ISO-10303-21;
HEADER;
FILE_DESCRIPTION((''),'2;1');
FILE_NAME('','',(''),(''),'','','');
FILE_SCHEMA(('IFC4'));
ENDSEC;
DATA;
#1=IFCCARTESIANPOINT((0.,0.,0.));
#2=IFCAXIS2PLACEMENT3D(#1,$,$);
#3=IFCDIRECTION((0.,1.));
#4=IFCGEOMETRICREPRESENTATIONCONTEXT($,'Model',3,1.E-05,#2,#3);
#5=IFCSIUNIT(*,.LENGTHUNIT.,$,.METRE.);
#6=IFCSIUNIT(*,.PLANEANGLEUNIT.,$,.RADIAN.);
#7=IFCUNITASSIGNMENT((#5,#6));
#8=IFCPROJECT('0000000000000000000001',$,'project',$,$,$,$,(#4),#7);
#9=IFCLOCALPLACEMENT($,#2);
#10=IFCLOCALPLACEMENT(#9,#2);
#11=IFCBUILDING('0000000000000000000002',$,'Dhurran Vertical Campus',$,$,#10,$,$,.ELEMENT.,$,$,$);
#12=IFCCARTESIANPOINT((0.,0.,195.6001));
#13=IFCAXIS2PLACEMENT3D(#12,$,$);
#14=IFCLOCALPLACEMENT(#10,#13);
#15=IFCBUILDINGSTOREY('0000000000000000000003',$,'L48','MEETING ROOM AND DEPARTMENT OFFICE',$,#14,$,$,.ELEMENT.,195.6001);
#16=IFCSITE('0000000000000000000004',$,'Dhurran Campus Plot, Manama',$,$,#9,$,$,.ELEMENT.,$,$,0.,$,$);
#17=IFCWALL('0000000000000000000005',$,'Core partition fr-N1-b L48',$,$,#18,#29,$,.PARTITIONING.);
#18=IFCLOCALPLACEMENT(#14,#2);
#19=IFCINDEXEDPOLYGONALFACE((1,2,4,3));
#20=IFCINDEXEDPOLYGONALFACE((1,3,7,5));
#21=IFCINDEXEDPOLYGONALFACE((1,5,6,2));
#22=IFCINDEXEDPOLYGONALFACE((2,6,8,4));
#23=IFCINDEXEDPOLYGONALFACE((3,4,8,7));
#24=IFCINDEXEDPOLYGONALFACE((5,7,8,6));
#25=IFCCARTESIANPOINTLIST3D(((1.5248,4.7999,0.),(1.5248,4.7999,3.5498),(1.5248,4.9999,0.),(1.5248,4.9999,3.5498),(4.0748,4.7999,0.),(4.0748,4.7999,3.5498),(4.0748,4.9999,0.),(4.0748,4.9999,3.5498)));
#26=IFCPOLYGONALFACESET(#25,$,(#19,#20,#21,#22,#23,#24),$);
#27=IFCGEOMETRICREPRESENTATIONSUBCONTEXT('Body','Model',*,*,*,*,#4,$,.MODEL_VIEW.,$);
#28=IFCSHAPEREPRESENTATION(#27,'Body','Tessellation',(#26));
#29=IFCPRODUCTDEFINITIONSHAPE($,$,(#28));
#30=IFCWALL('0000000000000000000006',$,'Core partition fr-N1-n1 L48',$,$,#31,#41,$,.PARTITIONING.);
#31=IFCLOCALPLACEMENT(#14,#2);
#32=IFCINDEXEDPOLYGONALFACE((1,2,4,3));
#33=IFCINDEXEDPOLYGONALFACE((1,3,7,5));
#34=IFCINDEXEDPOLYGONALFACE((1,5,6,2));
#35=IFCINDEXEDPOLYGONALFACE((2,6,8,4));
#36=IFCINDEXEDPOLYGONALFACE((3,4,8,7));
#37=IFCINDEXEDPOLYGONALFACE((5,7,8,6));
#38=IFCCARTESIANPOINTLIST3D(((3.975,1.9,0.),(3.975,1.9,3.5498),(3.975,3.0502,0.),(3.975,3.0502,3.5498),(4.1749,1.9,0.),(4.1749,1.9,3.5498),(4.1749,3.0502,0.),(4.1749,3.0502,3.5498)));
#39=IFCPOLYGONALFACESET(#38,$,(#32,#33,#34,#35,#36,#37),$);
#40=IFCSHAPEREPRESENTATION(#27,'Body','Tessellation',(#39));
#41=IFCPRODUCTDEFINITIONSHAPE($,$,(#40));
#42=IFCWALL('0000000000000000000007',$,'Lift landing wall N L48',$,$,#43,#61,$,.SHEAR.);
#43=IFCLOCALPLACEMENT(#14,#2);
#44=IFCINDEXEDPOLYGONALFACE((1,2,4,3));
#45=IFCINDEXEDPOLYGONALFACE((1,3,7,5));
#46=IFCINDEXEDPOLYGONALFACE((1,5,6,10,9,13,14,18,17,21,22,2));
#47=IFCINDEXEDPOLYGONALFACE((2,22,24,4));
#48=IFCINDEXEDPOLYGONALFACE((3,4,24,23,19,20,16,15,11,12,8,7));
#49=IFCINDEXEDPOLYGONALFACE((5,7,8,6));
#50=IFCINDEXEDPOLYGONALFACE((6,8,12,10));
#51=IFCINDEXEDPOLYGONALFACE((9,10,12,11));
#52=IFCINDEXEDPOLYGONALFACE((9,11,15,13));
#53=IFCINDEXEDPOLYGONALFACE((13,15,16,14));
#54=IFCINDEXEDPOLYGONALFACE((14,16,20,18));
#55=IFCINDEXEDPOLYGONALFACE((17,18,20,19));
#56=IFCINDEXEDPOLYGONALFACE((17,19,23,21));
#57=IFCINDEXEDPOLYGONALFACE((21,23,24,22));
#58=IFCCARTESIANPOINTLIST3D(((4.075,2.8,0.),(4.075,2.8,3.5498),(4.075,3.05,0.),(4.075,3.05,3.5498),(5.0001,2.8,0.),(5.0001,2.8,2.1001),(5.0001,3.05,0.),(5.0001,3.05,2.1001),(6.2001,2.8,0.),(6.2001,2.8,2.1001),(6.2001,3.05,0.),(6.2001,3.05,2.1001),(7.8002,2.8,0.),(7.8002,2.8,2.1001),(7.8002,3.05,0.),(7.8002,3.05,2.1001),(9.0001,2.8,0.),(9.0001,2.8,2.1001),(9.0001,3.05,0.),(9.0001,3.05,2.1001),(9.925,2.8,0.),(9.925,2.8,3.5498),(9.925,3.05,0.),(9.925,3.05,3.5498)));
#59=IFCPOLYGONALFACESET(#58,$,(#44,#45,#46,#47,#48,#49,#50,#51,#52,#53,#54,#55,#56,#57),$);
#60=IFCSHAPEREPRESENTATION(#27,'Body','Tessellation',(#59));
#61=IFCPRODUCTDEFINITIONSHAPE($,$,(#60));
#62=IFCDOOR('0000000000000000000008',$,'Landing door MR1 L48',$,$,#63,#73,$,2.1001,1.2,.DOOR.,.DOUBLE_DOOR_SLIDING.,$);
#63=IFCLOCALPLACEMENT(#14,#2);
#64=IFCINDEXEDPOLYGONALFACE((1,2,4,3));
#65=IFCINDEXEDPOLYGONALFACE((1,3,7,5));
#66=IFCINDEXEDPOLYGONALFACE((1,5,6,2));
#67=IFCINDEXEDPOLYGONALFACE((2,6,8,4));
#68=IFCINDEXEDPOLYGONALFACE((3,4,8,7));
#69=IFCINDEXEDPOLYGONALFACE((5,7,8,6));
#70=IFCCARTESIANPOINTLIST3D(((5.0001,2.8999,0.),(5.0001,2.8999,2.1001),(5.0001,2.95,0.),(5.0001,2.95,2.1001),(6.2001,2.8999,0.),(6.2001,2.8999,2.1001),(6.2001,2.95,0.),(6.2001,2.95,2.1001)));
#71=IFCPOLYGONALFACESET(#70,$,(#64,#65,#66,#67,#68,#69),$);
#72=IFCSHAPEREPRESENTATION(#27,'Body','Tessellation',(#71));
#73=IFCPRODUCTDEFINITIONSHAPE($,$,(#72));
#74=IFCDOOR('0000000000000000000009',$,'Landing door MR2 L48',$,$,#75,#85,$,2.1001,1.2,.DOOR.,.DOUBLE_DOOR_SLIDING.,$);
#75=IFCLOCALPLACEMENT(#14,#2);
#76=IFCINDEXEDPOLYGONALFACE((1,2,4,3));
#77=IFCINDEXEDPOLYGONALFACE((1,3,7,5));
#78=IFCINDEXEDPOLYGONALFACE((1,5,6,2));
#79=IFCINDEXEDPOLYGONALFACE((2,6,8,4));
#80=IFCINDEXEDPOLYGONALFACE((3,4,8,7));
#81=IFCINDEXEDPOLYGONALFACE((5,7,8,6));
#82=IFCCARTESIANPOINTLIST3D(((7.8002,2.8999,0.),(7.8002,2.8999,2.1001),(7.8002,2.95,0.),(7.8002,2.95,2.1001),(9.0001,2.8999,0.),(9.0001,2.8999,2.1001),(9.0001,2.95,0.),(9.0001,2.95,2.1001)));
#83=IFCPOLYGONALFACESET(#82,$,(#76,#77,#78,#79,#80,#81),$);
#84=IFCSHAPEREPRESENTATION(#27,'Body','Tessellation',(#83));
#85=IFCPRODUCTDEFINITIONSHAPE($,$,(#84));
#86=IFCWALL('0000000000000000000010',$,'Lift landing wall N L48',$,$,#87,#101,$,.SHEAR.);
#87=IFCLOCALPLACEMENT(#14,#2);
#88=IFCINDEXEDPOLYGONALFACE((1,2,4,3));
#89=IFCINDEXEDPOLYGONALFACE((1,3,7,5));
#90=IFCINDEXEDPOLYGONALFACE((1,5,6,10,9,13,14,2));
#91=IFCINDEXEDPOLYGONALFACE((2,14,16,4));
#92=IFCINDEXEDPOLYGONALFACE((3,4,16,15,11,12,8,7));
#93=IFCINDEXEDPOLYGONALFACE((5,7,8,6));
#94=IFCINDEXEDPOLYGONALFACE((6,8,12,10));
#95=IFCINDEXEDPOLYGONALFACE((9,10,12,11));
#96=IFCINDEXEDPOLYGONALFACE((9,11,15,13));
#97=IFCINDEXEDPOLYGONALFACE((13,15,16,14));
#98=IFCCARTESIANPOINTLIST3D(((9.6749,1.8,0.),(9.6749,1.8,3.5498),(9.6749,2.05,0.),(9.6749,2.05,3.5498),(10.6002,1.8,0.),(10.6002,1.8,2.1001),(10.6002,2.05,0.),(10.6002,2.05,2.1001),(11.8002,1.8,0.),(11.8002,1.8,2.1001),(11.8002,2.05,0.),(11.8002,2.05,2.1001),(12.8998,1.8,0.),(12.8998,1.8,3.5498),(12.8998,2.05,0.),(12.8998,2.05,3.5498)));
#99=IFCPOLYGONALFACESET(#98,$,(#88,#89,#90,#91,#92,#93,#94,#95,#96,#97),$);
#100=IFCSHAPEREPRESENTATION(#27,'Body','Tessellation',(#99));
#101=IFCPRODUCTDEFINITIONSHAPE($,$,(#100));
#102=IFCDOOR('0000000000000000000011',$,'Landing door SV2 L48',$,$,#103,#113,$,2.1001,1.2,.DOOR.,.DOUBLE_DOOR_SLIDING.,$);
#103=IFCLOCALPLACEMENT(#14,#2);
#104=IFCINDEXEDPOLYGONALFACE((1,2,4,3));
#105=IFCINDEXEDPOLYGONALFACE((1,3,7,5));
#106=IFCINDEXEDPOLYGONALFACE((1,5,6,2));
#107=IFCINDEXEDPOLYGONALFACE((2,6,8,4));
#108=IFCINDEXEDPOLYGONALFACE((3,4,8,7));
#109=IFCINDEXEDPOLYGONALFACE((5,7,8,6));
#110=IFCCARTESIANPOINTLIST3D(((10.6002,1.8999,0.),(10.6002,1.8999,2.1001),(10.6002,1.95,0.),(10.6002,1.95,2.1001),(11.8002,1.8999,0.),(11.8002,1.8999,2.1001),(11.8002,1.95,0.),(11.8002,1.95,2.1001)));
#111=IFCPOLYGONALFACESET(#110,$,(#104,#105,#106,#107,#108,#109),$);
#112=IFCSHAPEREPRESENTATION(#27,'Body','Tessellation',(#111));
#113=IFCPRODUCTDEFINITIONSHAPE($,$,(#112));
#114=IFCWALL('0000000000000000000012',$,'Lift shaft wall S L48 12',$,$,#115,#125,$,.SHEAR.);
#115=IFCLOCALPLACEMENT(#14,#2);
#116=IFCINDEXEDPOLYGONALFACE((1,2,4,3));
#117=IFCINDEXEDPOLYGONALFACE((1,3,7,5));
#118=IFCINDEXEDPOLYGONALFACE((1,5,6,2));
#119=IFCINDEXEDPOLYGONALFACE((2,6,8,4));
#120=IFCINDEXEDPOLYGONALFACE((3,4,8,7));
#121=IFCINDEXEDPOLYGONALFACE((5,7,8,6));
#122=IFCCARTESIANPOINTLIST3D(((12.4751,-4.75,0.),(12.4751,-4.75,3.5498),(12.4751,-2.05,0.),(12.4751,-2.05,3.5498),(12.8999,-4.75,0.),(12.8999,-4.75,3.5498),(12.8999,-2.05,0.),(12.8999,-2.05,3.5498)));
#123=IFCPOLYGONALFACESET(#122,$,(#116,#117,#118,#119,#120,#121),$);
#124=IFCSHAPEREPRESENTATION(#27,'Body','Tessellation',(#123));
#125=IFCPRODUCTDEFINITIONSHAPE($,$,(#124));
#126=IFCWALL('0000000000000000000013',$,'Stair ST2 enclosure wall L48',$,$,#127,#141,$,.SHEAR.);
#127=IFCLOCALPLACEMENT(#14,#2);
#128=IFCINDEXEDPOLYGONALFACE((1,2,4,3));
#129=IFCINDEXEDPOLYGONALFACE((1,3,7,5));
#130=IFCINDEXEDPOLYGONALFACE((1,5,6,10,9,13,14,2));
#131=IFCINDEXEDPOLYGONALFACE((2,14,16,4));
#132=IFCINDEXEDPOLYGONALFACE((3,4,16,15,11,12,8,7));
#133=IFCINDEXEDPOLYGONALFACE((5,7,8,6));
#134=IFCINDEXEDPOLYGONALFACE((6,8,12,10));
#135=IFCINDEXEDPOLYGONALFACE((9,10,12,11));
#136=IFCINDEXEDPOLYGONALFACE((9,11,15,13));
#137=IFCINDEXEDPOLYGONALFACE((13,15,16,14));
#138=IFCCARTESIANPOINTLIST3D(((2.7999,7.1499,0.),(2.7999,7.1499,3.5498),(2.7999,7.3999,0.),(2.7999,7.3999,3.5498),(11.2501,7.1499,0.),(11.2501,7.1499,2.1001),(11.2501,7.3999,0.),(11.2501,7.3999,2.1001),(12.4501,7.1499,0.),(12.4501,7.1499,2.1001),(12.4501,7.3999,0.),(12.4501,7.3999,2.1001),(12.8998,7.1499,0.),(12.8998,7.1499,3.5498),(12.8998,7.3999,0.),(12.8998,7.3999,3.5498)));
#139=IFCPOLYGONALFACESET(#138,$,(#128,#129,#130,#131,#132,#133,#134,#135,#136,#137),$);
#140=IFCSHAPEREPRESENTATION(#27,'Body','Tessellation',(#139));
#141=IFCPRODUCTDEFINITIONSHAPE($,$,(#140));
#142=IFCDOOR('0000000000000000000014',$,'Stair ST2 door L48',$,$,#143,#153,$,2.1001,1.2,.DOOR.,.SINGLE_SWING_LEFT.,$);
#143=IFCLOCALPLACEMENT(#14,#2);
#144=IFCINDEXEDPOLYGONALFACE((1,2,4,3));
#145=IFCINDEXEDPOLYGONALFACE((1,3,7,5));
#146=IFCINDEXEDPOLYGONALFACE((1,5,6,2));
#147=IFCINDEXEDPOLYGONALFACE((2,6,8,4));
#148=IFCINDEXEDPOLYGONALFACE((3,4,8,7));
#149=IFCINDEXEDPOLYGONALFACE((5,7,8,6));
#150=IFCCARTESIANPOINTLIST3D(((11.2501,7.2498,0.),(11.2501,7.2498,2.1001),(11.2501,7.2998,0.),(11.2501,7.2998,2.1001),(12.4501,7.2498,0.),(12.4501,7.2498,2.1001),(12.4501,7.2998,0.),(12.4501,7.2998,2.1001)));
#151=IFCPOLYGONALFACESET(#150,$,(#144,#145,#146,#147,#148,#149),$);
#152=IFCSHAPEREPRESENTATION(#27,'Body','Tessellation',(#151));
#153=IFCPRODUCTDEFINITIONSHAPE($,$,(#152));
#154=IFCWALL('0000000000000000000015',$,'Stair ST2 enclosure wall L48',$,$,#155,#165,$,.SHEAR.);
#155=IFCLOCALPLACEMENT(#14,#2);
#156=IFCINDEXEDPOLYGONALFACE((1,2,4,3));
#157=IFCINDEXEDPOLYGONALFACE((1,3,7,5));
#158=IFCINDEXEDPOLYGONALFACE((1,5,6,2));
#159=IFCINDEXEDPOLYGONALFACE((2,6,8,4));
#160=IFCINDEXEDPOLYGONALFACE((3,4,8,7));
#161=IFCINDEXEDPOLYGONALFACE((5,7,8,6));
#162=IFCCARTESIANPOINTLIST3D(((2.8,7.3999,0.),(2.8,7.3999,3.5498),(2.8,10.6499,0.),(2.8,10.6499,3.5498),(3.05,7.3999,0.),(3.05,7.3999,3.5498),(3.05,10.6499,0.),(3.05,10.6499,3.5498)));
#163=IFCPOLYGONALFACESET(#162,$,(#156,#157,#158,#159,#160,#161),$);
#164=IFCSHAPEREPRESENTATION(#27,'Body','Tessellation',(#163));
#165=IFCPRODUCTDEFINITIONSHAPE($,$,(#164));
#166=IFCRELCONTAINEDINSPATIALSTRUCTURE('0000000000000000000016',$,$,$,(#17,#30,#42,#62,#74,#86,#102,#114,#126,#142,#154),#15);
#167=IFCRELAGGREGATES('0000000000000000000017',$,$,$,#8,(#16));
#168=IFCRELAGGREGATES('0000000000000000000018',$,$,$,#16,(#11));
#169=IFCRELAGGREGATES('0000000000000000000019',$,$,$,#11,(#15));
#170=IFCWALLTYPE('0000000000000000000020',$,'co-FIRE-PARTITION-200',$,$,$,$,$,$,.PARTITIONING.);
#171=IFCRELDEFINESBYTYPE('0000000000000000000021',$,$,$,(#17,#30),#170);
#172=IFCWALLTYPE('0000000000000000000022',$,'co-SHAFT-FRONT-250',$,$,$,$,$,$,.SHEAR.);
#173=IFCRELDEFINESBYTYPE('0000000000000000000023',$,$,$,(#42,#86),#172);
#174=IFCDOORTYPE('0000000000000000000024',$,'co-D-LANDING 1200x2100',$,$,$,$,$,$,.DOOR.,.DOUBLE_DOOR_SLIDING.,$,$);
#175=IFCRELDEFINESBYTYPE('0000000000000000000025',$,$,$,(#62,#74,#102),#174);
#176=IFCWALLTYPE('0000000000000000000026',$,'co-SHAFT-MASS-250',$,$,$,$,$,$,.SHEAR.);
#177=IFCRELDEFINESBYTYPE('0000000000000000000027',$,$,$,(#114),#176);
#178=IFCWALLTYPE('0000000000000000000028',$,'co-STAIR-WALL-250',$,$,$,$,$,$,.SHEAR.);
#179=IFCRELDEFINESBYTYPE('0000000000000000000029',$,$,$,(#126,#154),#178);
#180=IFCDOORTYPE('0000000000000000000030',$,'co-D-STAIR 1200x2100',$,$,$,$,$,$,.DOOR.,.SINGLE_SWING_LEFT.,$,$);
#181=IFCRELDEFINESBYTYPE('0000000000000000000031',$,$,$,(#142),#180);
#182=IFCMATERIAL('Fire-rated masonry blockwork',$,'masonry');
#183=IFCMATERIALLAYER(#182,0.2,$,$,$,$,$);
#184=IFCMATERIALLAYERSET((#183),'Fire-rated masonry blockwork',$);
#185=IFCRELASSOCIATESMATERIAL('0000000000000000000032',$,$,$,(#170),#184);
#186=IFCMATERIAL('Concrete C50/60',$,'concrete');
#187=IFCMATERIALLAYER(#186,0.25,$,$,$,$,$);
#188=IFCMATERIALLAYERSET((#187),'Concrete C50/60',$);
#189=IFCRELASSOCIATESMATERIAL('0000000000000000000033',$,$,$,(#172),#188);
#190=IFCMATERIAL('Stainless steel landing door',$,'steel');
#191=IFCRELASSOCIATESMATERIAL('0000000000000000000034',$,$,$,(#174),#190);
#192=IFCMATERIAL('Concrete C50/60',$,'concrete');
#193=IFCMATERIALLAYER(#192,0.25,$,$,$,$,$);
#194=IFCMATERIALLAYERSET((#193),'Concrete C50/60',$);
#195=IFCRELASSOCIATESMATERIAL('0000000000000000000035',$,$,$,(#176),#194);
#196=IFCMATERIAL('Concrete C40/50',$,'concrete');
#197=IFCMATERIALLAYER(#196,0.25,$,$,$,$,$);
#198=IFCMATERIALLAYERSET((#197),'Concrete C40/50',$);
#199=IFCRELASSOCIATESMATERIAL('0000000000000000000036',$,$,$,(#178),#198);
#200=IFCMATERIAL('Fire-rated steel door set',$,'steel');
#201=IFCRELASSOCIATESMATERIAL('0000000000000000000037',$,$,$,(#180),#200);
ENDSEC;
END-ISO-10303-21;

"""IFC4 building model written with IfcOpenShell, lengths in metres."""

from ifc_helpers import new_model, si_unit, direction, frame, frame_2d, origin, place, context, subcontext, project, spatial, polyline, rectangle, outline, extrude, material, layer, layer_set, type_object, element, fill, save


model = new_model("IFC4")

# Units and contexts
model_context = context("Model", 3, precision=1e-05, world=origin(), true_north=direction((0.0, 1.0)))
body_context = subcontext(model_context, "Body", "Model", "MODEL_VIEW")
ifc_project = project(units=[si_unit("LENGTHUNIT", "METRE"), si_unit("PLANEANGLEUNIT", "RADIAN")], contexts=[model_context])

# Site, building, storey
site_placement = place(None, origin())
site = spatial("IfcSite", under=ifc_project, at=site_placement, Name="Dhurran Campus Plot, Manama", CompositionType="ELEMENT", RefElevation=0.0)
building_placement = place(site_placement, origin())
building = spatial("IfcBuilding", under=site, at=building_placement, Name="Dhurran Vertical Campus", CompositionType="ELEMENT")
storey_placement = place(building_placement, frame((0.0, 0.0, 195.6001)))
storey = spatial("IfcBuildingStorey", under=building, at=storey_placement, Name="L48", Description="MEETING ROOM AND DEPARTMENT OFFICE", CompositionType="ELEMENT", Elevation=195.6001)

# Shared definitions
ifc_material_1 = material(Name="Fire-rated masonry blockwork", Category="masonry")
ifc_layer_1 = layer(ifc_material_1, 0.2)
ifc_layer_set_1 = layer_set([ifc_layer_1], Name="Fire-rated masonry blockwork")
wall_type_1 = type_object("IfcWallType", Name="co-FIRE-PARTITION-200", PredefinedType="PARTITIONING", material=ifc_layer_set_1)

# Walls
wall_1_placement = place(storey_placement, frame((1.5249, 4.8999, 0.0), z_axis=(0.0, 0.0, 1.0), x_axis=(1.0, 0.0, 0.0)))
element("IfcWall", 1, at=wall_1_placement, inside=storey, type_object=wall_type_1, Name="Core partition fr-N1-b L48", PredefinedType="PARTITIONING", context=body_context, shape_type="SweptSolid", body=[
    extrude(rectangle(XDim=2.55, YDim=0.2, at=frame_2d((1.2749, 0.0))), origin(), (0.0, 0.0, 1.0), 3.5498),
])
wall_2_placement = place(storey_placement, frame((4.075, 1.8999, 0.0), z_axis=(0.0, 0.0, 1.0), x_axis=(0.0, 1.0, 0.0)))
element("IfcWall", 2, at=wall_2_placement, inside=storey, type_object=wall_type_1, Name="Core partition fr-N1-n1 L48", PredefinedType="PARTITIONING", context=body_context, shape_type="SweptSolid", body=[
    extrude(rectangle(XDim=1.1501, YDim=0.2, at=frame_2d((0.5752, 0.0))), origin(), (0.0, 0.0, 1.0), 3.5498),
])

# Wall, openings, doors
ifc_material_2 = material(Name="Concrete C50/60", Category="concrete")
ifc_layer_2 = layer(ifc_material_2, 0.25)
ifc_layer_set_2 = layer_set([ifc_layer_2], Name="Concrete C50/60")
wall_type_2 = type_object("IfcWallType", Name="co-SHAFT-FRONT-250", PredefinedType="SHEAR", material=ifc_layer_set_2)
wall_3_placement = place(storey_placement, frame((4.075, 2.925, 0.0), z_axis=(0.0, 0.0, 1.0), x_axis=(1.0, 0.0, 0.0)))
wall_3 = element("IfcWall", 3, at=wall_3_placement, inside=storey, type_object=wall_type_2, Name="Lift landing wall N L48", PredefinedType="SHEAR", context=body_context, shape_type="SweptSolid", body=[
    extrude(rectangle(XDim=5.8501, YDim=0.25, at=frame_2d((2.925, 0.0))), origin(), (0.0, 0.0, 1.0), 3.5498),
])
opening_1_placement = place(wall_3_placement, frame((0.925, 0.0, 0.0)))
opening_1 = element("IfcOpeningElement", 4, at=opening_1_placement, cuts=wall_3, PredefinedType="OPENING", context=body_context, shape_type="SweptSolid", body=[
    extrude(rectangle(XDim=1.2, YDim=2.1001, at=frame_2d((0.6001, 1.05))), frame((0.0, 0.135, 0.0), z_axis=(0.0, -1.0, 0.0), x_axis=(1.0, 0.0, 0.0)), (0.0, 0.0, 1.0), 0.27),
])
opening_2_placement = place(wall_3_placement, frame((3.7251, 0.0, 0.0)))
opening_2 = element("IfcOpeningElement", 5, at=opening_2_placement, cuts=wall_3, PredefinedType="OPENING", context=body_context, shape_type="SweptSolid", body=[
    extrude(rectangle(XDim=1.2, YDim=2.1001, at=frame_2d((0.6001, 1.05))), frame((0.0, 0.135, 0.0), z_axis=(0.0, -1.0, 0.0), x_axis=(1.0, 0.0, 0.0)), (0.0, 0.0, 1.0), 0.27),
])
ifc_material_3 = material(Name="Stainless steel landing door", Category="steel")
door_type_1 = type_object("IfcDoorType", Name="co-D-LANDING 1200x2100", OperationType="DOUBLE_DOOR_SLIDING", PredefinedType="DOOR", material=ifc_material_3)
door_1_placement = place(opening_1_placement, origin())
door_1 = element("IfcDoor", 6, at=door_1_placement, inside=storey, type_object=door_type_1, Name="Landing door MR1 L48", OperationType="DOUBLE_DOOR_SLIDING", OverallHeight=2.1001, OverallWidth=1.2, PredefinedType="DOOR", context=body_context, shape_type="SweptSolid", body=[
    extrude(rectangle(XDim=1.2, YDim=2.1001, at=frame_2d((0.6001, 1.05))), frame((0.0, 0.0249, 0.0), z_axis=(0.0, -1.0, 0.0), x_axis=(1.0, 0.0, 0.0)), (0.0, 0.0, 1.0), 0.05),
])
fill(opening_1, door_1)
door_2_placement = place(opening_2_placement, origin())
door_2 = element("IfcDoor", 7, at=door_2_placement, inside=storey, type_object=door_type_1, Name="Landing door MR2 L48", OperationType="DOUBLE_DOOR_SLIDING", OverallHeight=2.1001, OverallWidth=1.2, PredefinedType="DOOR", context=body_context, shape_type="SweptSolid", body=[
    extrude(rectangle(XDim=1.2, YDim=2.1001, at=frame_2d((0.6001, 1.05))), frame((0.0, 0.0249, 0.0), z_axis=(0.0, -1.0, 0.0), x_axis=(1.0, 0.0, 0.0)), (0.0, 0.0, 1.0), 0.05),
])
fill(opening_2, door_2)

# Wall, opening, door
wall_4_placement = place(storey_placement, frame((9.675, 1.925, 0.0), z_axis=(0.0, 0.0, 1.0), x_axis=(1.0, 0.0, 0.0)))
wall_4 = element("IfcWall", 8, at=wall_4_placement, inside=storey, type_object=wall_type_2, Name="Lift landing wall N L48", PredefinedType="SHEAR", context=body_context, shape_type="SweptSolid", body=[
    extrude(rectangle(XDim=3.2249, YDim=0.25, at=frame_2d((1.6123, 0.0))), origin(), (0.0, 0.0, 1.0), 3.5498),
])
opening_3_placement = place(wall_4_placement, frame((0.925, 0.0, 0.0)))
opening_3 = element("IfcOpeningElement", 9, at=opening_3_placement, cuts=wall_4, PredefinedType="OPENING", context=body_context, shape_type="SweptSolid", body=[
    extrude(rectangle(XDim=1.2, YDim=2.1001, at=frame_2d((0.6001, 1.05))), frame((0.0, 0.135, 0.0), z_axis=(0.0, -1.0, 0.0), x_axis=(1.0, 0.0, 0.0)), (0.0, 0.0, 1.0), 0.27),
])
door_3_placement = place(opening_3_placement, origin())
door_3 = element("IfcDoor", 10, at=door_3_placement, inside=storey, type_object=door_type_1, Name="Landing door SV2 L48", OperationType="DOUBLE_DOOR_SLIDING", OverallHeight=2.1001, OverallWidth=1.2, PredefinedType="DOOR", context=body_context, shape_type="SweptSolid", body=[
    extrude(rectangle(XDim=1.2, YDim=2.1001, at=frame_2d((0.6001, 1.05))), frame((0.0, 0.0249, 0.0), z_axis=(0.0, -1.0, 0.0), x_axis=(1.0, 0.0, 0.0)), (0.0, 0.0, 1.0), 0.05),
])
fill(opening_3, door_3)

# Wall
ifc_material_4 = material(Name="Concrete C50/60", Category="concrete")
ifc_layer_3 = layer(ifc_material_4, 0.25)
ifc_layer_set_3 = layer_set([ifc_layer_3], Name="Concrete C50/60")
wall_type_3 = type_object("IfcWallType", Name="co-SHAFT-MASS-250", PredefinedType="SHEAR", material=ifc_layer_set_3)
wall_5_placement = place(storey_placement, origin())
element("IfcWall", 11, at=wall_5_placement, inside=storey, type_object=wall_type_3, Name="Lift shaft wall S L48 12", PredefinedType="SHEAR", context=body_context, shape_type="SweptSolid", body=[
    extrude(outline(polyline([(12.4751, -4.75), (12.8999, -4.75), (12.8999, -2.05), (12.4751, -2.05), (12.4751, -4.75)])), origin(), (0.0, 0.0, 1.0), 3.5498),
])

# Wall, opening, door
ifc_material_5 = material(Name="Concrete C40/50", Category="concrete")
ifc_layer_4 = layer(ifc_material_5, 0.25)
ifc_layer_set_4 = layer_set([ifc_layer_4], Name="Concrete C40/50")
wall_type_4 = type_object("IfcWallType", Name="co-STAIR-WALL-250", PredefinedType="SHEAR", material=ifc_layer_set_4)
wall_6_placement = place(storey_placement, frame((2.8, 7.2749, 0.0), z_axis=(0.0, 0.0, 1.0), x_axis=(1.0, 0.0, 0.0)))
wall_6 = element("IfcWall", 12, at=wall_6_placement, inside=storey, type_object=wall_type_4, Name="Stair ST2 enclosure wall L48", PredefinedType="SHEAR", context=body_context, shape_type="SweptSolid", body=[
    extrude(rectangle(XDim=10.0999, YDim=0.25, at=frame_2d((5.0498, 0.0))), origin(), (0.0, 0.0, 1.0), 3.5498),
])
opening_4_placement = place(wall_6_placement, frame((8.45, 0.0, 0.0)))
opening_4 = element("IfcOpeningElement", 13, at=opening_4_placement, cuts=wall_6, PredefinedType="OPENING", context=body_context, shape_type="SweptSolid", body=[
    extrude(rectangle(XDim=1.2, YDim=2.1001, at=frame_2d((0.6001, 1.05))), frame((0.0, 0.135, 0.0), z_axis=(0.0, -1.0, 0.0), x_axis=(1.0, 0.0, 0.0)), (0.0, 0.0, 1.0), 0.27),
])
ifc_material_6 = material(Name="Fire-rated steel door set", Category="steel")
door_type_2 = type_object("IfcDoorType", Name="co-D-STAIR 1200x2100", OperationType="SINGLE_SWING_LEFT", PredefinedType="DOOR", material=ifc_material_6)
door_4_placement = place(opening_4_placement, origin())
door_4 = element("IfcDoor", 14, at=door_4_placement, inside=storey, type_object=door_type_2, Name="Stair ST2 door L48", OperationType="SINGLE_SWING_LEFT", OverallHeight=2.1001, OverallWidth=1.2, PredefinedType="DOOR", context=body_context, shape_type="SweptSolid", body=[
    extrude(rectangle(XDim=1.2, YDim=2.1001, at=frame_2d((0.6001, 1.05))), frame((0.0, 0.0249, 0.0), z_axis=(0.0, -1.0, 0.0), x_axis=(1.0, 0.0, 0.0)), (0.0, 0.0, 1.0), 0.05),
])
fill(opening_4, door_4)

# Wall
wall_7_placement = place(storey_placement, frame((2.925, 7.3999, 0.0), z_axis=(0.0, 0.0, 1.0), x_axis=(0.0, 1.0, 0.0)))
element("IfcWall", 15, at=wall_7_placement, inside=storey, type_object=wall_type_4, Name="Stair ST2 enclosure wall L48", PredefinedType="SHEAR", context=body_context, shape_type="SweptSolid", body=[
    extrude(rectangle(XDim=3.25, YDim=0.25, at=frame_2d((1.625, 0.0))), origin(), (0.0, 0.0, 1.0), 3.5498),
])

save(model, "model.ifc")
